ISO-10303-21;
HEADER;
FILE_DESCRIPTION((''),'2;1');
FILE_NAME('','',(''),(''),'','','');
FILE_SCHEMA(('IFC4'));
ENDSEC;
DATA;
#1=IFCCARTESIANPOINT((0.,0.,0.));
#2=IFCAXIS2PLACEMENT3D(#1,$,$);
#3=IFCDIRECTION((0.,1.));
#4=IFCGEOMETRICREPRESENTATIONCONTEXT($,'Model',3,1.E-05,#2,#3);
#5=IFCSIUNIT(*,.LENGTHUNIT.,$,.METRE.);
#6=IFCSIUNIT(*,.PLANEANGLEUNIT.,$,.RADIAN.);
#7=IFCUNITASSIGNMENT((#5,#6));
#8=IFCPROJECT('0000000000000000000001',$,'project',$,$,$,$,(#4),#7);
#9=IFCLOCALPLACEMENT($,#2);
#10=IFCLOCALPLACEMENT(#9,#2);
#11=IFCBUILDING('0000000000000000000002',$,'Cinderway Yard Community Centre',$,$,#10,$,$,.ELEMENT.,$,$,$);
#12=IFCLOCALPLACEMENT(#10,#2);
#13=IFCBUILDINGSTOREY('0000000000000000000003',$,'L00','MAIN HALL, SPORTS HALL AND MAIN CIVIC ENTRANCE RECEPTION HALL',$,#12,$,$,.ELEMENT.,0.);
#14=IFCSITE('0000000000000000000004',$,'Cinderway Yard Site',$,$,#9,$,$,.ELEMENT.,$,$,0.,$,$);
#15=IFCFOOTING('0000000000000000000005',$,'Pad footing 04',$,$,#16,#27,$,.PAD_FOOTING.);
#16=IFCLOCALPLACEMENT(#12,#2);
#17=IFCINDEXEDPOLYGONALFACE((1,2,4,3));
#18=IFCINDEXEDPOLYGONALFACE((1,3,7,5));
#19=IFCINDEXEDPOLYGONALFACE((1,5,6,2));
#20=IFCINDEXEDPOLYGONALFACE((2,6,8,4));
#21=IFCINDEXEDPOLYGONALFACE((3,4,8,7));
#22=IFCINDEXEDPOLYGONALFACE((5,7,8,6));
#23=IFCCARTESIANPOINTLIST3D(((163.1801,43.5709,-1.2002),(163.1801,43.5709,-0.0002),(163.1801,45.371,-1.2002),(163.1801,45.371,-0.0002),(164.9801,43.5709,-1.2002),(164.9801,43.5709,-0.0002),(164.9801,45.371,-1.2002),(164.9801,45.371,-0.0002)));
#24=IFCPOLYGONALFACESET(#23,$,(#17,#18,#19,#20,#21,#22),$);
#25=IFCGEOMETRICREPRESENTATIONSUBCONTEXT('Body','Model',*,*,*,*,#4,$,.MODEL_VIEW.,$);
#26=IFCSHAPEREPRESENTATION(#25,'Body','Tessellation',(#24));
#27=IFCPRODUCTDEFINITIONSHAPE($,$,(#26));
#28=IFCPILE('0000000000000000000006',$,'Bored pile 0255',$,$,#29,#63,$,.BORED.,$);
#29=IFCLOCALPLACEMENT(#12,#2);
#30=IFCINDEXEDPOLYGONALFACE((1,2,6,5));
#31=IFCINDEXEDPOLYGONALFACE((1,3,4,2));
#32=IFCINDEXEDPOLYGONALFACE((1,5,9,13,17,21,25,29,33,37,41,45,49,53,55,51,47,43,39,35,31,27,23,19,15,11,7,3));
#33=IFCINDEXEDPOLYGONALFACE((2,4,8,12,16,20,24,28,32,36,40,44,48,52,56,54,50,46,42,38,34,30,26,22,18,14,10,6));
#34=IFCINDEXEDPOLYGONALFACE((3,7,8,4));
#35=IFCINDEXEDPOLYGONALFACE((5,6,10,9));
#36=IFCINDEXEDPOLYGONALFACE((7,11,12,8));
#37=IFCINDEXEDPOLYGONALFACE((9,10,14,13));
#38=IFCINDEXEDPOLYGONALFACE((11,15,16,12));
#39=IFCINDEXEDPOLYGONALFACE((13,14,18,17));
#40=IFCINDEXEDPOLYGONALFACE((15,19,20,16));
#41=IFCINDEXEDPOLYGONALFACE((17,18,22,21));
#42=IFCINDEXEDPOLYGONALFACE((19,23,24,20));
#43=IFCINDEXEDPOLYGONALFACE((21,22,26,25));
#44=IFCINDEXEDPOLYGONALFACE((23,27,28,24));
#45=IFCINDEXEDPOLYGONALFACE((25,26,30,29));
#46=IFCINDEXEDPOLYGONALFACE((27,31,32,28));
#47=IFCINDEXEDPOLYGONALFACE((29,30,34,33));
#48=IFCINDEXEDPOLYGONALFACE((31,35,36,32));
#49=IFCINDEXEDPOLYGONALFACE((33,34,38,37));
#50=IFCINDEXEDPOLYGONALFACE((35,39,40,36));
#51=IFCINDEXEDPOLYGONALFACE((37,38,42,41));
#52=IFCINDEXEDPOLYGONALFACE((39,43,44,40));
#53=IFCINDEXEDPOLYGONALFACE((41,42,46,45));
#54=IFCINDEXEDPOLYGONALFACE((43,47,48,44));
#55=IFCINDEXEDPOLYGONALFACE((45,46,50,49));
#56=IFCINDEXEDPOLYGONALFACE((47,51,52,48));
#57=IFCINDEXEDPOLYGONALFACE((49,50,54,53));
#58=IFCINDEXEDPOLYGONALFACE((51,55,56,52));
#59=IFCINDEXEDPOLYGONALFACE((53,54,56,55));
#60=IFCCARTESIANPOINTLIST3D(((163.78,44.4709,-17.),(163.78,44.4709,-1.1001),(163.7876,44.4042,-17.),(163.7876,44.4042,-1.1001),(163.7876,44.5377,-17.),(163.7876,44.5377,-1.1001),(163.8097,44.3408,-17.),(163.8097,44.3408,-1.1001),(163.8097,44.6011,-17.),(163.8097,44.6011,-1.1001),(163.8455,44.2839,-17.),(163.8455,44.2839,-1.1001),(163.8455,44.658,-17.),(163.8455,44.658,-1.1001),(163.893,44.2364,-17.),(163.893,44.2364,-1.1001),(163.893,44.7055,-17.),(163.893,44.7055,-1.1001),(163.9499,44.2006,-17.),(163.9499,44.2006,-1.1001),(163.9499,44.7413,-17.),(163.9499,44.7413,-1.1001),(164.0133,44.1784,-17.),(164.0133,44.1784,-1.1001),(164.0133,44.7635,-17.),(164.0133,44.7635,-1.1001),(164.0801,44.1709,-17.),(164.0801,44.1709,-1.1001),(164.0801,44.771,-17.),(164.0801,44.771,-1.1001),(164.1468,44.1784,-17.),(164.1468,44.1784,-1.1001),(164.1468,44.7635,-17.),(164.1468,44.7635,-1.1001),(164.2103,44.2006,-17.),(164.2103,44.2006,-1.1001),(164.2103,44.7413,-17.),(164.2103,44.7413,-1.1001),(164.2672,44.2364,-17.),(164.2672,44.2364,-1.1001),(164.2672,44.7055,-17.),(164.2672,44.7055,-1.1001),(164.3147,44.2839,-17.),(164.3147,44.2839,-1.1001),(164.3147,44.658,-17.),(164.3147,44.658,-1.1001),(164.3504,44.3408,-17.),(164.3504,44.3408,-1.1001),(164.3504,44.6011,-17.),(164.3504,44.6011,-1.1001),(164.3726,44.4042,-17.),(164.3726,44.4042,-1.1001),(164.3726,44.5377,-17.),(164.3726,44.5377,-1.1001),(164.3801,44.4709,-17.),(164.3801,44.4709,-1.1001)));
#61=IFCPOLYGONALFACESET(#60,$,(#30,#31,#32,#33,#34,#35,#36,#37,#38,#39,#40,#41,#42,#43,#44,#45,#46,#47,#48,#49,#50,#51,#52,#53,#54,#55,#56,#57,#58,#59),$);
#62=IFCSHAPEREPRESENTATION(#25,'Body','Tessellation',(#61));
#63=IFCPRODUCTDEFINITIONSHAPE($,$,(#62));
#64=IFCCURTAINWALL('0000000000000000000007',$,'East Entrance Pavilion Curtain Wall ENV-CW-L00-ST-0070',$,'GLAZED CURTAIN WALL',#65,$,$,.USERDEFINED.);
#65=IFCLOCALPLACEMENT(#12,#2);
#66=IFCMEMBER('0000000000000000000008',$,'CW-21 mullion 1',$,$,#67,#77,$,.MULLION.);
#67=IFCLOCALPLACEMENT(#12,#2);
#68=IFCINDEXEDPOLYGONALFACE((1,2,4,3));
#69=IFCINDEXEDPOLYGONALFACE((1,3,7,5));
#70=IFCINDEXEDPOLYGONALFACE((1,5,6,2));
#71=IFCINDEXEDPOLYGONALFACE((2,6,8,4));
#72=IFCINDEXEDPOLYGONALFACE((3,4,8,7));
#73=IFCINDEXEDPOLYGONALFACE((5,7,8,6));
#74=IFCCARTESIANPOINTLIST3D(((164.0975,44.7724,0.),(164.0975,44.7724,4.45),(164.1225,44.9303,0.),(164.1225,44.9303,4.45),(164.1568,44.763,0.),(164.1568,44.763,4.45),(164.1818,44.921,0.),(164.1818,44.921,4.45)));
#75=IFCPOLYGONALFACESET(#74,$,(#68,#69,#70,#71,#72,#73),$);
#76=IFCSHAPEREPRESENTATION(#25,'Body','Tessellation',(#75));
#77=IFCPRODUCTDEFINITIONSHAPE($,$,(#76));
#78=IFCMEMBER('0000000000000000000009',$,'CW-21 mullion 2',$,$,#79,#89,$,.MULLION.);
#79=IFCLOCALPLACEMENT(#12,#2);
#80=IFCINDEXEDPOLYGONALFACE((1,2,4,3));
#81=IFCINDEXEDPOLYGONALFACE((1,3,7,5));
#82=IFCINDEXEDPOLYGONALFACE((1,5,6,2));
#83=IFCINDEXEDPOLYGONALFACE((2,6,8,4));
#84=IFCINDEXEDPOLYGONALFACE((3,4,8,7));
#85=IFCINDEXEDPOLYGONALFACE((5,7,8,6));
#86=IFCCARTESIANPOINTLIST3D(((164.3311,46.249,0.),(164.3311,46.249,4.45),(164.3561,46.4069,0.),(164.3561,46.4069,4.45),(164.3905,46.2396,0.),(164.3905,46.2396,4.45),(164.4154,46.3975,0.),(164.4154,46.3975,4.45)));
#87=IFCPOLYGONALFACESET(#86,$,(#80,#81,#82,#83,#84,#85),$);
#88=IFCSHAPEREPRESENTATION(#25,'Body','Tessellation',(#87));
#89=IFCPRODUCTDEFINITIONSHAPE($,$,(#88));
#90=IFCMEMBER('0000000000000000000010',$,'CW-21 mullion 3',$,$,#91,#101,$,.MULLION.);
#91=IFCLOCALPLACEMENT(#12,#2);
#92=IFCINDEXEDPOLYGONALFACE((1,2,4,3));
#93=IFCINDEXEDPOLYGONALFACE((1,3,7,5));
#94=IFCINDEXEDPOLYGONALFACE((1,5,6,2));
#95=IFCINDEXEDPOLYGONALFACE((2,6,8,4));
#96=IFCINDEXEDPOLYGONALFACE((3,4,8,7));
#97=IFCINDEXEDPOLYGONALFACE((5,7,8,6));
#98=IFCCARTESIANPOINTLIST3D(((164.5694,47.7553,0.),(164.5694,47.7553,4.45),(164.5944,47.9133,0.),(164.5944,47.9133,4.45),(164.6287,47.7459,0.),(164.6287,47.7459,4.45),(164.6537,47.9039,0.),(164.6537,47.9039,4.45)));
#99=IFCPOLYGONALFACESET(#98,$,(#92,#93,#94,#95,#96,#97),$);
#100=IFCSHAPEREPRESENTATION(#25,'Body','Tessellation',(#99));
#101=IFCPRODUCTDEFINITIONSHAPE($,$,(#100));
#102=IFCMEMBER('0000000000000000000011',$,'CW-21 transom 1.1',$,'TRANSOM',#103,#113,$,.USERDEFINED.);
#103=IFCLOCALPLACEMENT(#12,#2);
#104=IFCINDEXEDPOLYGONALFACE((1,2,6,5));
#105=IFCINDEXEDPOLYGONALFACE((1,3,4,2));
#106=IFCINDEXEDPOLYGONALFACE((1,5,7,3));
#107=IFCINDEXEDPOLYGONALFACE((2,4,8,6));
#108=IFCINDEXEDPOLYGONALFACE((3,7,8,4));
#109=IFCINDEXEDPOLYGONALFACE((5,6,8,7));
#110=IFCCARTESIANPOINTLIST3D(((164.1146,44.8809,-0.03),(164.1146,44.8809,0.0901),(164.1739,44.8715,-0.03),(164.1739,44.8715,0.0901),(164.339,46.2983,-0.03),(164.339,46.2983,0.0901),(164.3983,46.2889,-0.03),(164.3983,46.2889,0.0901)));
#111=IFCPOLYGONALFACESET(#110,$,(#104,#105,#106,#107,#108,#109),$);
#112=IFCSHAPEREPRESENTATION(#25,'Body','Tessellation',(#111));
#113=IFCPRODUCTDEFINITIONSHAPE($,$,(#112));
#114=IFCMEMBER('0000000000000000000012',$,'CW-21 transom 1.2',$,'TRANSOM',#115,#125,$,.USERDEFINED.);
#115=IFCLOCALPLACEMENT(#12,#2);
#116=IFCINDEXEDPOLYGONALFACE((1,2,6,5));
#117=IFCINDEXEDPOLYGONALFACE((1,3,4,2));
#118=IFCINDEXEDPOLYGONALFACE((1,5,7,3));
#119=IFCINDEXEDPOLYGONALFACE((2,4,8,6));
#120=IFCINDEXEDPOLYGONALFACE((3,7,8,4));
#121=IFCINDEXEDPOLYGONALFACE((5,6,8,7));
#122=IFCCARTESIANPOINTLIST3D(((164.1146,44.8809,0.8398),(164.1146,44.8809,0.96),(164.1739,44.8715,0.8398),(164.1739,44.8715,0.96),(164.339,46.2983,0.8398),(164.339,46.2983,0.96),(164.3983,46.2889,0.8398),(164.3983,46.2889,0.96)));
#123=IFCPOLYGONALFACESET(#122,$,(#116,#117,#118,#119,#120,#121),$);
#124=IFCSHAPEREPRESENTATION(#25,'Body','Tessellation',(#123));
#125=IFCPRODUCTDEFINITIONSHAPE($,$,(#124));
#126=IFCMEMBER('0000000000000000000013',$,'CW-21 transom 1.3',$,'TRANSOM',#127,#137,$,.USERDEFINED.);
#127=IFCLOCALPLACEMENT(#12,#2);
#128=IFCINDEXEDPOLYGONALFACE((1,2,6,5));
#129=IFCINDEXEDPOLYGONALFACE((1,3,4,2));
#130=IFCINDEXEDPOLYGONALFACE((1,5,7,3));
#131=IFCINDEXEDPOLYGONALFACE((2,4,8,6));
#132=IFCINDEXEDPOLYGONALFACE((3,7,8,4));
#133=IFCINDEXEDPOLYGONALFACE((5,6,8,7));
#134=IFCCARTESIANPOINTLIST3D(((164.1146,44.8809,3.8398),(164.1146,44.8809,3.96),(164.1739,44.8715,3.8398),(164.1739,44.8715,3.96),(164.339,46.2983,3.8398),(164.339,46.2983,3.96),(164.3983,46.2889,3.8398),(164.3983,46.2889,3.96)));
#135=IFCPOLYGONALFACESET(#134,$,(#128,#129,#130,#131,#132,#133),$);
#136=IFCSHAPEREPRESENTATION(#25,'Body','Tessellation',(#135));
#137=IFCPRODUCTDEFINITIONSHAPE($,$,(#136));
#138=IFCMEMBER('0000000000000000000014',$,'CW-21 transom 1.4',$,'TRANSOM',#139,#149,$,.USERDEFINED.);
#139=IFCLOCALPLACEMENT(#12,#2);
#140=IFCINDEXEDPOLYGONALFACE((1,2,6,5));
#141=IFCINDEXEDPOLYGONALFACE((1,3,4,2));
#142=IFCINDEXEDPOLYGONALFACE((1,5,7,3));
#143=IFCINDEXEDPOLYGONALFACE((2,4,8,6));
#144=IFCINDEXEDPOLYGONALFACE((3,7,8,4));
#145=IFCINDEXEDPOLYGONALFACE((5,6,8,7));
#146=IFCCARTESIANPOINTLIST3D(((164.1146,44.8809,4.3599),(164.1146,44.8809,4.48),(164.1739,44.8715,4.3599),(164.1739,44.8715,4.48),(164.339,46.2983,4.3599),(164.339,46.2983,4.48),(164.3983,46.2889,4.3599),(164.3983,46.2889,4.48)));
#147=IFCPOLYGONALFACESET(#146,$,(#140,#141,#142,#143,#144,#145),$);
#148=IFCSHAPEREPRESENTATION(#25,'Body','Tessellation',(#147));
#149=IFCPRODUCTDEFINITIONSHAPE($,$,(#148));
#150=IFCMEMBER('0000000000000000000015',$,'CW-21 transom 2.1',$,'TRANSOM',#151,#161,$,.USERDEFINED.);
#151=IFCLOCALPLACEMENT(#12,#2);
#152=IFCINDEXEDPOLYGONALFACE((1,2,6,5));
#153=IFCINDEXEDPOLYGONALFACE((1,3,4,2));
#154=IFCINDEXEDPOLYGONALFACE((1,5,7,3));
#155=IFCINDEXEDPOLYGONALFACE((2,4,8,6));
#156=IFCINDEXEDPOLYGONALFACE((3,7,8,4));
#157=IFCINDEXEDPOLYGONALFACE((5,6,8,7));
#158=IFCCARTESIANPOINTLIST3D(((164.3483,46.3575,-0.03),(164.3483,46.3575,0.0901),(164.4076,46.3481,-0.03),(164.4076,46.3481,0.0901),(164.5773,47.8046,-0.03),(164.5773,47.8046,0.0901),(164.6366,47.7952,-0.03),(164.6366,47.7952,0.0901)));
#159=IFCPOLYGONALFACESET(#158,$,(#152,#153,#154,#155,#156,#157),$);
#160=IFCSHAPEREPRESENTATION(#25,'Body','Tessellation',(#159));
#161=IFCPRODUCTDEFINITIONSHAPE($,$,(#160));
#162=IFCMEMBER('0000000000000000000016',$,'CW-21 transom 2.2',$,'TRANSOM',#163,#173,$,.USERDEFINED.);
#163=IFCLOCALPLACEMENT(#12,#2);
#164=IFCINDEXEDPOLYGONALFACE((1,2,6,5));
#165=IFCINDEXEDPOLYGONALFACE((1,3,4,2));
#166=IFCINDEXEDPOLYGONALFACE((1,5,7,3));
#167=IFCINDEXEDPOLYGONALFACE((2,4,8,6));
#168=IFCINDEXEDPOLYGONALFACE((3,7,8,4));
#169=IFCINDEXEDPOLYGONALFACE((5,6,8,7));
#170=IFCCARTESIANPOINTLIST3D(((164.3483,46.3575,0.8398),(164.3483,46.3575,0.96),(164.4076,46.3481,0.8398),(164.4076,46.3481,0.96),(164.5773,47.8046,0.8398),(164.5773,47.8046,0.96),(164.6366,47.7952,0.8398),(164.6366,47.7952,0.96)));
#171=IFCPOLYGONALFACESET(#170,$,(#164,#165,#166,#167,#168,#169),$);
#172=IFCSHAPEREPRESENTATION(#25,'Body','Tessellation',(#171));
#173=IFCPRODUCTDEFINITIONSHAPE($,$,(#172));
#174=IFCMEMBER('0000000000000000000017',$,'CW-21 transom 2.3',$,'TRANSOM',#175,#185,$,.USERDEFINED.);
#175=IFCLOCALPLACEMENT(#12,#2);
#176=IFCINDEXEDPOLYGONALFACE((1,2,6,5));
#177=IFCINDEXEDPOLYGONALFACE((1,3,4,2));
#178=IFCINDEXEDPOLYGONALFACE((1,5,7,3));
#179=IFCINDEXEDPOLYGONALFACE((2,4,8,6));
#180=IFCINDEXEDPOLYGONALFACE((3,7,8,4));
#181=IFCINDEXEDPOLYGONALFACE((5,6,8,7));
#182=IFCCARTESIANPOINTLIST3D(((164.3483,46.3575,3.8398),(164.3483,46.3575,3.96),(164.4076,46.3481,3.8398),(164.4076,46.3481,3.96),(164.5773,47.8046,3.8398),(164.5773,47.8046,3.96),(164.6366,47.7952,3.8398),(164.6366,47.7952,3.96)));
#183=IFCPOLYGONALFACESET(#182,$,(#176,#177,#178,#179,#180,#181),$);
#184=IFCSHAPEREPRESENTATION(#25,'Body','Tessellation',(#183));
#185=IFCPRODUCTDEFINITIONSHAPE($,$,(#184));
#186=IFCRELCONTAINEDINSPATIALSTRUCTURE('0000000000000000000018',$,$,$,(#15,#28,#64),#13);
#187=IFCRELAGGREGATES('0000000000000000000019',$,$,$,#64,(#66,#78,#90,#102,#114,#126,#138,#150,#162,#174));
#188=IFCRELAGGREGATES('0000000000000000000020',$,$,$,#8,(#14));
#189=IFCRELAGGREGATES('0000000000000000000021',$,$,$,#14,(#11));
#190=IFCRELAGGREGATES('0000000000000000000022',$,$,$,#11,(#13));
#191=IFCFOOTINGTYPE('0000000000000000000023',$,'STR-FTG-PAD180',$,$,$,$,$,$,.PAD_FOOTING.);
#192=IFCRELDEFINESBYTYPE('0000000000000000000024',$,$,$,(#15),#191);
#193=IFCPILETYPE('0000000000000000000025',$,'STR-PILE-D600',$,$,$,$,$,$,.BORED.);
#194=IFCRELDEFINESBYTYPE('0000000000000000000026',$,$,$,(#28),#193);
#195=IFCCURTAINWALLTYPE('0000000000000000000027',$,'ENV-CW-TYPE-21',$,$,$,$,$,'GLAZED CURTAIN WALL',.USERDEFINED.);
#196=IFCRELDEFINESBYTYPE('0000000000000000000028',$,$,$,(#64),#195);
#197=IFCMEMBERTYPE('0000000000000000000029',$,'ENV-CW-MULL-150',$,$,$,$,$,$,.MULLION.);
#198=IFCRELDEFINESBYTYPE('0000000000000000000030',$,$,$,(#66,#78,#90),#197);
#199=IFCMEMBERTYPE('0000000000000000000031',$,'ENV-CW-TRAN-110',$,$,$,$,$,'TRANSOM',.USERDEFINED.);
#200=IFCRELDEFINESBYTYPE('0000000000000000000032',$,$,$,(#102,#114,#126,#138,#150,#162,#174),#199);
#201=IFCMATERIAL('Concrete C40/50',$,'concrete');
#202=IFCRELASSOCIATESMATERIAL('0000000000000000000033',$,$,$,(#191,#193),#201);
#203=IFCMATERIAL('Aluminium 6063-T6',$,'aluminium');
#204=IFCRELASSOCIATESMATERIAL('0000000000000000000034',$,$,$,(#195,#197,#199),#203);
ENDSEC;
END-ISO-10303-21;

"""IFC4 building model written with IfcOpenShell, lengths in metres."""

from ifc_helpers import new_model, si_unit, direction, frame, origin, origin_2d, place, context, subcontext, project, spatial, rectangle, circle, extrude, material, material_profile, profile_set, type_object, element, aggregate, save


model = new_model("IFC4")

# Units and contexts
model_context = context("Model", 3, precision=1e-05, world=origin(), true_north=direction((0.0, 1.0)))
body_context = subcontext(model_context, "Body", "Model", "MODEL_VIEW")
ifc_project = project(units=[si_unit("LENGTHUNIT", "METRE"), si_unit("PLANEANGLEUNIT", "RADIAN")], contexts=[model_context])

# Site, building, storey
site_placement = place(None, origin())
site = spatial("IfcSite", under=ifc_project, at=site_placement, Name="Cinderway Yard Site", CompositionType="ELEMENT", RefElevation=0.0)
building_placement = place(site_placement, origin())
building = spatial("IfcBuilding", under=site, at=building_placement, Name="Cinderway Yard Community Centre", CompositionType="ELEMENT")
storey_placement = place(building_placement, origin())
storey = spatial("IfcBuildingStorey", under=building, at=storey_placement, Name="L00", Description="MAIN HALL, SPORTS HALL AND MAIN CIVIC ENTRANCE RECEPTION HALL", CompositionType="ELEMENT", Elevation=0.0)

# Footing
ifc_material_1 = material(Name="Concrete C40/50", Category="concrete")
footing_type = type_object("IfcFootingType", Name="STR-FTG-PAD180", PredefinedType="PAD_FOOTING", material=ifc_material_1)
footing_placement = place(storey_placement, frame((164.0801, 44.4709, -1.2002), z_axis=(0.0, 0.0, 1.0), x_axis=(1.0, 0.0, 0.0)))
element("IfcFooting", 1, at=footing_placement, inside=storey, type_object=footing_type, Name="Pad footing 04", PredefinedType="PAD_FOOTING", context=body_context, shape_type="SweptSolid", body=[
    extrude(rectangle(XDim=1.8, YDim=1.8, at=origin_2d()), origin(), (0.0, 0.0, 1.0), 1.2),
])

# Pile
ifc_material_profile_1 = material_profile(ifc_material_1, circle(Radius=0.3, at=origin_2d()), Name="Concrete C40/50")
ifc_profile_set_1 = profile_set([ifc_material_profile_1], Name="Concrete C40/50")
pile_type = type_object("IfcPileType", Name="STR-PILE-D600", PredefinedType="BORED", material=ifc_profile_set_1)
pile_placement = place(storey_placement, frame((164.0801, 44.4709, -1.1001), z_axis=(0.0, 0.0, -1.0), x_axis=(1.0, 0.0, 0.0)))
element("IfcPile", 2, at=pile_placement, inside=storey, type_object=pile_type, Name="Bored pile 0255", PredefinedType="BORED", context=body_context, shape_type="SweptSolid", body=[
    extrude(circle(Radius=0.3, at=origin_2d()), origin(), (0.0, 0.0, 1.0), 15.8999),
])

# Curtain wall, members
ifc_material_2 = material(Name="Aluminium 6063-T6", Category="aluminium")
curtain_wall_type = type_object("IfcCurtainWallType", Name="ENV-CW-TYPE-21", ElementType="GLAZED CURTAIN WALL", PredefinedType="USERDEFINED", material=ifc_material_2)
curtain_wall_placement = place(storey_placement, origin())
curtain_wall = element("IfcCurtainWall", 3, at=curtain_wall_placement, inside=storey, type_object=curtain_wall_type, Name="East Entrance Pavilion Curtain Wall ENV-CW-L00-ST-0070", ObjectType="GLAZED CURTAIN WALL", PredefinedType="USERDEFINED")
ifc_material_profile_2 = material_profile(ifc_material_2, rectangle(XDim=0.0601, YDim=0.1599, at=origin_2d()), Name="Aluminium 6063-T6")
ifc_profile_set_2 = profile_set([ifc_material_profile_2], Name="Aluminium 6063-T6")
member_type_1 = type_object("IfcMemberType", Name="ENV-CW-MULL-150", PredefinedType="MULLION", material=ifc_profile_set_2)
member_1_placement = place(storey_placement, frame((164.1396, 44.8467, 0.0), z_axis=(0.0, 0.0, 1.0), x_axis=(-0.98772, 0.156232, 0.0)))
member_1 = element("IfcMember", 4, at=member_1_placement, type_object=member_type_1, Name="CW-21 mullion 1", PredefinedType="MULLION", context=body_context, shape_type="SweptSolid", body=[
    extrude(rectangle(XDim=0.0601, YDim=0.1599, at=origin_2d()), origin(), (0.0, 0.0, 1.0), 4.45),
])
member_2_placement = place(storey_placement, frame((164.3733, 46.3232, 0.0), z_axis=(0.0, 0.0, 1.0), x_axis=(-0.98772, 0.156232, 0.0)))
member_2 = element("IfcMember", 5, at=member_2_placement, type_object=member_type_1, Name="CW-21 mullion 2", PredefinedType="MULLION", context=body_context, shape_type="SweptSolid", body=[
    extrude(rectangle(XDim=0.0601, YDim=0.1599, at=origin_2d()), origin(), (0.0, 0.0, 1.0), 4.45),
])
member_3_placement = place(storey_placement, frame((164.6116, 47.8296, 0.0), z_axis=(0.0, 0.0, 1.0), x_axis=(-0.98772, 0.156232, 0.0)))
member_3 = element("IfcMember", 6, at=member_3_placement, type_object=member_type_1, Name="CW-21 mullion 3", PredefinedType="MULLION", context=body_context, shape_type="SweptSolid", body=[
    extrude(rectangle(XDim=0.0601, YDim=0.1599, at=origin_2d()), origin(), (0.0, 0.0, 1.0), 4.45),
])
ifc_material_profile_3 = material_profile(ifc_material_2, rectangle(XDim=0.0601, YDim=0.1201, at=origin_2d()), Name="Aluminium 6063-T6")
ifc_profile_set_3 = profile_set([ifc_material_profile_3], Name="Aluminium 6063-T6")
member_type_2 = type_object("IfcMemberType", Name="ENV-CW-TRAN-110", ElementType="TRANSOM", PredefinedType="USERDEFINED", material=ifc_profile_set_3)
member_4_placement = place(storey_placement, frame((164.1443, 44.8762, 0.03), z_axis=(0.156338, 0.987704, 0.0), x_axis=(-0.987704, 0.156338, 0.0)))
member_4 = element("IfcMember", 7, at=member_4_placement, type_object=member_type_2, Name="CW-21 transom 1.1", ObjectType="TRANSOM", PredefinedType="USERDEFINED", context=body_context, shape_type="SweptSolid", body=[
    extrude(rectangle(XDim=0.0601, YDim=0.1201, at=origin_2d()), origin(), (0.0, 0.0, 1.0), 1.4351),
])
member_5_placement = place(storey_placement, frame((164.1443, 44.8762, 0.8999), z_axis=(0.156338, 0.987704, 0.0), x_axis=(-0.987704, 0.156338, 0.0)))
member_5 = element("IfcMember", 8, at=member_5_placement, type_object=member_type_2, Name="CW-21 transom 1.2", ObjectType="TRANSOM", PredefinedType="USERDEFINED", context=body_context, shape_type="SweptSolid", body=[
    extrude(rectangle(XDim=0.0601, YDim=0.1201, at=origin_2d()), origin(), (0.0, 0.0, 1.0), 1.4351),
])
member_6_placement = place(storey_placement, frame((164.1443, 44.8762, 3.8999), z_axis=(0.156338, 0.987704, 0.0), x_axis=(-0.987704, 0.156338, 0.0)))
member_6 = element("IfcMember", 9, at=member_6_placement, type_object=member_type_2, Name="CW-21 transom 1.3", ObjectType="TRANSOM", PredefinedType="USERDEFINED", context=body_context, shape_type="SweptSolid", body=[
    extrude(rectangle(XDim=0.0601, YDim=0.1201, at=origin_2d()), origin(), (0.0, 0.0, 1.0), 1.4351),
])
member_7_placement = place(storey_placement, frame((164.1443, 44.8762, 4.4199), z_axis=(0.156338, 0.987704, 0.0), x_axis=(-0.987704, 0.156338, 0.0)))
member_7 = element("IfcMember", 10, at=member_7_placement, type_object=member_type_2, Name="CW-21 transom 1.4", ObjectType="TRANSOM", PredefinedType="USERDEFINED", context=body_context, shape_type="SweptSolid", body=[
    extrude(rectangle(XDim=0.0601, YDim=0.1201, at=origin_2d()), origin(), (0.0, 0.0, 1.0), 1.4351),
])
member_8_placement = place(storey_placement, frame((164.3779, 46.3528, 0.03), z_axis=(0.156313, 0.987708, 0.0), x_axis=(-0.987708, 0.156313, 0.0)))
member_8 = element("IfcMember", 11, at=member_8_placement, type_object=member_type_2, Name="CW-21 transom 2.1", ObjectType="TRANSOM", PredefinedType="USERDEFINED", context=body_context, shape_type="SweptSolid", body=[
    extrude(rectangle(XDim=0.0601, YDim=0.1201, at=origin_2d()), origin(), (0.0, 0.0, 1.0), 1.4651),
])
member_9_placement = place(storey_placement, frame((164.3779, 46.3528, 0.8999), z_axis=(0.156313, 0.987708, 0.0), x_axis=(-0.987708, 0.156313, 0.0)))
member_9 = element("IfcMember", 12, at=member_9_placement, type_object=member_type_2, Name="CW-21 transom 2.2", ObjectType="TRANSOM", PredefinedType="USERDEFINED", context=body_context, shape_type="SweptSolid", body=[
    extrude(rectangle(XDim=0.0601, YDim=0.1201, at=origin_2d()), origin(), (0.0, 0.0, 1.0), 1.4651),
])
member_10_placement = place(storey_placement, frame((164.3779, 46.3528, 3.8999), z_axis=(0.156313, 0.987708, 0.0), x_axis=(-0.987708, 0.156313, 0.0)))
member_10 = element("IfcMember", 13, at=member_10_placement, type_object=member_type_2, Name="CW-21 transom 2.3", ObjectType="TRANSOM", PredefinedType="USERDEFINED", context=body_context, shape_type="SweptSolid", body=[
    extrude(rectangle(XDim=0.0601, YDim=0.1201, at=origin_2d()), origin(), (0.0, 0.0, 1.0), 1.4651),
])

aggregate(curtain_wall, [member_1, member_2, member_3, member_4, member_5, member_6, member_7, member_8, member_9, member_10])

save(model, "model.ifc")
